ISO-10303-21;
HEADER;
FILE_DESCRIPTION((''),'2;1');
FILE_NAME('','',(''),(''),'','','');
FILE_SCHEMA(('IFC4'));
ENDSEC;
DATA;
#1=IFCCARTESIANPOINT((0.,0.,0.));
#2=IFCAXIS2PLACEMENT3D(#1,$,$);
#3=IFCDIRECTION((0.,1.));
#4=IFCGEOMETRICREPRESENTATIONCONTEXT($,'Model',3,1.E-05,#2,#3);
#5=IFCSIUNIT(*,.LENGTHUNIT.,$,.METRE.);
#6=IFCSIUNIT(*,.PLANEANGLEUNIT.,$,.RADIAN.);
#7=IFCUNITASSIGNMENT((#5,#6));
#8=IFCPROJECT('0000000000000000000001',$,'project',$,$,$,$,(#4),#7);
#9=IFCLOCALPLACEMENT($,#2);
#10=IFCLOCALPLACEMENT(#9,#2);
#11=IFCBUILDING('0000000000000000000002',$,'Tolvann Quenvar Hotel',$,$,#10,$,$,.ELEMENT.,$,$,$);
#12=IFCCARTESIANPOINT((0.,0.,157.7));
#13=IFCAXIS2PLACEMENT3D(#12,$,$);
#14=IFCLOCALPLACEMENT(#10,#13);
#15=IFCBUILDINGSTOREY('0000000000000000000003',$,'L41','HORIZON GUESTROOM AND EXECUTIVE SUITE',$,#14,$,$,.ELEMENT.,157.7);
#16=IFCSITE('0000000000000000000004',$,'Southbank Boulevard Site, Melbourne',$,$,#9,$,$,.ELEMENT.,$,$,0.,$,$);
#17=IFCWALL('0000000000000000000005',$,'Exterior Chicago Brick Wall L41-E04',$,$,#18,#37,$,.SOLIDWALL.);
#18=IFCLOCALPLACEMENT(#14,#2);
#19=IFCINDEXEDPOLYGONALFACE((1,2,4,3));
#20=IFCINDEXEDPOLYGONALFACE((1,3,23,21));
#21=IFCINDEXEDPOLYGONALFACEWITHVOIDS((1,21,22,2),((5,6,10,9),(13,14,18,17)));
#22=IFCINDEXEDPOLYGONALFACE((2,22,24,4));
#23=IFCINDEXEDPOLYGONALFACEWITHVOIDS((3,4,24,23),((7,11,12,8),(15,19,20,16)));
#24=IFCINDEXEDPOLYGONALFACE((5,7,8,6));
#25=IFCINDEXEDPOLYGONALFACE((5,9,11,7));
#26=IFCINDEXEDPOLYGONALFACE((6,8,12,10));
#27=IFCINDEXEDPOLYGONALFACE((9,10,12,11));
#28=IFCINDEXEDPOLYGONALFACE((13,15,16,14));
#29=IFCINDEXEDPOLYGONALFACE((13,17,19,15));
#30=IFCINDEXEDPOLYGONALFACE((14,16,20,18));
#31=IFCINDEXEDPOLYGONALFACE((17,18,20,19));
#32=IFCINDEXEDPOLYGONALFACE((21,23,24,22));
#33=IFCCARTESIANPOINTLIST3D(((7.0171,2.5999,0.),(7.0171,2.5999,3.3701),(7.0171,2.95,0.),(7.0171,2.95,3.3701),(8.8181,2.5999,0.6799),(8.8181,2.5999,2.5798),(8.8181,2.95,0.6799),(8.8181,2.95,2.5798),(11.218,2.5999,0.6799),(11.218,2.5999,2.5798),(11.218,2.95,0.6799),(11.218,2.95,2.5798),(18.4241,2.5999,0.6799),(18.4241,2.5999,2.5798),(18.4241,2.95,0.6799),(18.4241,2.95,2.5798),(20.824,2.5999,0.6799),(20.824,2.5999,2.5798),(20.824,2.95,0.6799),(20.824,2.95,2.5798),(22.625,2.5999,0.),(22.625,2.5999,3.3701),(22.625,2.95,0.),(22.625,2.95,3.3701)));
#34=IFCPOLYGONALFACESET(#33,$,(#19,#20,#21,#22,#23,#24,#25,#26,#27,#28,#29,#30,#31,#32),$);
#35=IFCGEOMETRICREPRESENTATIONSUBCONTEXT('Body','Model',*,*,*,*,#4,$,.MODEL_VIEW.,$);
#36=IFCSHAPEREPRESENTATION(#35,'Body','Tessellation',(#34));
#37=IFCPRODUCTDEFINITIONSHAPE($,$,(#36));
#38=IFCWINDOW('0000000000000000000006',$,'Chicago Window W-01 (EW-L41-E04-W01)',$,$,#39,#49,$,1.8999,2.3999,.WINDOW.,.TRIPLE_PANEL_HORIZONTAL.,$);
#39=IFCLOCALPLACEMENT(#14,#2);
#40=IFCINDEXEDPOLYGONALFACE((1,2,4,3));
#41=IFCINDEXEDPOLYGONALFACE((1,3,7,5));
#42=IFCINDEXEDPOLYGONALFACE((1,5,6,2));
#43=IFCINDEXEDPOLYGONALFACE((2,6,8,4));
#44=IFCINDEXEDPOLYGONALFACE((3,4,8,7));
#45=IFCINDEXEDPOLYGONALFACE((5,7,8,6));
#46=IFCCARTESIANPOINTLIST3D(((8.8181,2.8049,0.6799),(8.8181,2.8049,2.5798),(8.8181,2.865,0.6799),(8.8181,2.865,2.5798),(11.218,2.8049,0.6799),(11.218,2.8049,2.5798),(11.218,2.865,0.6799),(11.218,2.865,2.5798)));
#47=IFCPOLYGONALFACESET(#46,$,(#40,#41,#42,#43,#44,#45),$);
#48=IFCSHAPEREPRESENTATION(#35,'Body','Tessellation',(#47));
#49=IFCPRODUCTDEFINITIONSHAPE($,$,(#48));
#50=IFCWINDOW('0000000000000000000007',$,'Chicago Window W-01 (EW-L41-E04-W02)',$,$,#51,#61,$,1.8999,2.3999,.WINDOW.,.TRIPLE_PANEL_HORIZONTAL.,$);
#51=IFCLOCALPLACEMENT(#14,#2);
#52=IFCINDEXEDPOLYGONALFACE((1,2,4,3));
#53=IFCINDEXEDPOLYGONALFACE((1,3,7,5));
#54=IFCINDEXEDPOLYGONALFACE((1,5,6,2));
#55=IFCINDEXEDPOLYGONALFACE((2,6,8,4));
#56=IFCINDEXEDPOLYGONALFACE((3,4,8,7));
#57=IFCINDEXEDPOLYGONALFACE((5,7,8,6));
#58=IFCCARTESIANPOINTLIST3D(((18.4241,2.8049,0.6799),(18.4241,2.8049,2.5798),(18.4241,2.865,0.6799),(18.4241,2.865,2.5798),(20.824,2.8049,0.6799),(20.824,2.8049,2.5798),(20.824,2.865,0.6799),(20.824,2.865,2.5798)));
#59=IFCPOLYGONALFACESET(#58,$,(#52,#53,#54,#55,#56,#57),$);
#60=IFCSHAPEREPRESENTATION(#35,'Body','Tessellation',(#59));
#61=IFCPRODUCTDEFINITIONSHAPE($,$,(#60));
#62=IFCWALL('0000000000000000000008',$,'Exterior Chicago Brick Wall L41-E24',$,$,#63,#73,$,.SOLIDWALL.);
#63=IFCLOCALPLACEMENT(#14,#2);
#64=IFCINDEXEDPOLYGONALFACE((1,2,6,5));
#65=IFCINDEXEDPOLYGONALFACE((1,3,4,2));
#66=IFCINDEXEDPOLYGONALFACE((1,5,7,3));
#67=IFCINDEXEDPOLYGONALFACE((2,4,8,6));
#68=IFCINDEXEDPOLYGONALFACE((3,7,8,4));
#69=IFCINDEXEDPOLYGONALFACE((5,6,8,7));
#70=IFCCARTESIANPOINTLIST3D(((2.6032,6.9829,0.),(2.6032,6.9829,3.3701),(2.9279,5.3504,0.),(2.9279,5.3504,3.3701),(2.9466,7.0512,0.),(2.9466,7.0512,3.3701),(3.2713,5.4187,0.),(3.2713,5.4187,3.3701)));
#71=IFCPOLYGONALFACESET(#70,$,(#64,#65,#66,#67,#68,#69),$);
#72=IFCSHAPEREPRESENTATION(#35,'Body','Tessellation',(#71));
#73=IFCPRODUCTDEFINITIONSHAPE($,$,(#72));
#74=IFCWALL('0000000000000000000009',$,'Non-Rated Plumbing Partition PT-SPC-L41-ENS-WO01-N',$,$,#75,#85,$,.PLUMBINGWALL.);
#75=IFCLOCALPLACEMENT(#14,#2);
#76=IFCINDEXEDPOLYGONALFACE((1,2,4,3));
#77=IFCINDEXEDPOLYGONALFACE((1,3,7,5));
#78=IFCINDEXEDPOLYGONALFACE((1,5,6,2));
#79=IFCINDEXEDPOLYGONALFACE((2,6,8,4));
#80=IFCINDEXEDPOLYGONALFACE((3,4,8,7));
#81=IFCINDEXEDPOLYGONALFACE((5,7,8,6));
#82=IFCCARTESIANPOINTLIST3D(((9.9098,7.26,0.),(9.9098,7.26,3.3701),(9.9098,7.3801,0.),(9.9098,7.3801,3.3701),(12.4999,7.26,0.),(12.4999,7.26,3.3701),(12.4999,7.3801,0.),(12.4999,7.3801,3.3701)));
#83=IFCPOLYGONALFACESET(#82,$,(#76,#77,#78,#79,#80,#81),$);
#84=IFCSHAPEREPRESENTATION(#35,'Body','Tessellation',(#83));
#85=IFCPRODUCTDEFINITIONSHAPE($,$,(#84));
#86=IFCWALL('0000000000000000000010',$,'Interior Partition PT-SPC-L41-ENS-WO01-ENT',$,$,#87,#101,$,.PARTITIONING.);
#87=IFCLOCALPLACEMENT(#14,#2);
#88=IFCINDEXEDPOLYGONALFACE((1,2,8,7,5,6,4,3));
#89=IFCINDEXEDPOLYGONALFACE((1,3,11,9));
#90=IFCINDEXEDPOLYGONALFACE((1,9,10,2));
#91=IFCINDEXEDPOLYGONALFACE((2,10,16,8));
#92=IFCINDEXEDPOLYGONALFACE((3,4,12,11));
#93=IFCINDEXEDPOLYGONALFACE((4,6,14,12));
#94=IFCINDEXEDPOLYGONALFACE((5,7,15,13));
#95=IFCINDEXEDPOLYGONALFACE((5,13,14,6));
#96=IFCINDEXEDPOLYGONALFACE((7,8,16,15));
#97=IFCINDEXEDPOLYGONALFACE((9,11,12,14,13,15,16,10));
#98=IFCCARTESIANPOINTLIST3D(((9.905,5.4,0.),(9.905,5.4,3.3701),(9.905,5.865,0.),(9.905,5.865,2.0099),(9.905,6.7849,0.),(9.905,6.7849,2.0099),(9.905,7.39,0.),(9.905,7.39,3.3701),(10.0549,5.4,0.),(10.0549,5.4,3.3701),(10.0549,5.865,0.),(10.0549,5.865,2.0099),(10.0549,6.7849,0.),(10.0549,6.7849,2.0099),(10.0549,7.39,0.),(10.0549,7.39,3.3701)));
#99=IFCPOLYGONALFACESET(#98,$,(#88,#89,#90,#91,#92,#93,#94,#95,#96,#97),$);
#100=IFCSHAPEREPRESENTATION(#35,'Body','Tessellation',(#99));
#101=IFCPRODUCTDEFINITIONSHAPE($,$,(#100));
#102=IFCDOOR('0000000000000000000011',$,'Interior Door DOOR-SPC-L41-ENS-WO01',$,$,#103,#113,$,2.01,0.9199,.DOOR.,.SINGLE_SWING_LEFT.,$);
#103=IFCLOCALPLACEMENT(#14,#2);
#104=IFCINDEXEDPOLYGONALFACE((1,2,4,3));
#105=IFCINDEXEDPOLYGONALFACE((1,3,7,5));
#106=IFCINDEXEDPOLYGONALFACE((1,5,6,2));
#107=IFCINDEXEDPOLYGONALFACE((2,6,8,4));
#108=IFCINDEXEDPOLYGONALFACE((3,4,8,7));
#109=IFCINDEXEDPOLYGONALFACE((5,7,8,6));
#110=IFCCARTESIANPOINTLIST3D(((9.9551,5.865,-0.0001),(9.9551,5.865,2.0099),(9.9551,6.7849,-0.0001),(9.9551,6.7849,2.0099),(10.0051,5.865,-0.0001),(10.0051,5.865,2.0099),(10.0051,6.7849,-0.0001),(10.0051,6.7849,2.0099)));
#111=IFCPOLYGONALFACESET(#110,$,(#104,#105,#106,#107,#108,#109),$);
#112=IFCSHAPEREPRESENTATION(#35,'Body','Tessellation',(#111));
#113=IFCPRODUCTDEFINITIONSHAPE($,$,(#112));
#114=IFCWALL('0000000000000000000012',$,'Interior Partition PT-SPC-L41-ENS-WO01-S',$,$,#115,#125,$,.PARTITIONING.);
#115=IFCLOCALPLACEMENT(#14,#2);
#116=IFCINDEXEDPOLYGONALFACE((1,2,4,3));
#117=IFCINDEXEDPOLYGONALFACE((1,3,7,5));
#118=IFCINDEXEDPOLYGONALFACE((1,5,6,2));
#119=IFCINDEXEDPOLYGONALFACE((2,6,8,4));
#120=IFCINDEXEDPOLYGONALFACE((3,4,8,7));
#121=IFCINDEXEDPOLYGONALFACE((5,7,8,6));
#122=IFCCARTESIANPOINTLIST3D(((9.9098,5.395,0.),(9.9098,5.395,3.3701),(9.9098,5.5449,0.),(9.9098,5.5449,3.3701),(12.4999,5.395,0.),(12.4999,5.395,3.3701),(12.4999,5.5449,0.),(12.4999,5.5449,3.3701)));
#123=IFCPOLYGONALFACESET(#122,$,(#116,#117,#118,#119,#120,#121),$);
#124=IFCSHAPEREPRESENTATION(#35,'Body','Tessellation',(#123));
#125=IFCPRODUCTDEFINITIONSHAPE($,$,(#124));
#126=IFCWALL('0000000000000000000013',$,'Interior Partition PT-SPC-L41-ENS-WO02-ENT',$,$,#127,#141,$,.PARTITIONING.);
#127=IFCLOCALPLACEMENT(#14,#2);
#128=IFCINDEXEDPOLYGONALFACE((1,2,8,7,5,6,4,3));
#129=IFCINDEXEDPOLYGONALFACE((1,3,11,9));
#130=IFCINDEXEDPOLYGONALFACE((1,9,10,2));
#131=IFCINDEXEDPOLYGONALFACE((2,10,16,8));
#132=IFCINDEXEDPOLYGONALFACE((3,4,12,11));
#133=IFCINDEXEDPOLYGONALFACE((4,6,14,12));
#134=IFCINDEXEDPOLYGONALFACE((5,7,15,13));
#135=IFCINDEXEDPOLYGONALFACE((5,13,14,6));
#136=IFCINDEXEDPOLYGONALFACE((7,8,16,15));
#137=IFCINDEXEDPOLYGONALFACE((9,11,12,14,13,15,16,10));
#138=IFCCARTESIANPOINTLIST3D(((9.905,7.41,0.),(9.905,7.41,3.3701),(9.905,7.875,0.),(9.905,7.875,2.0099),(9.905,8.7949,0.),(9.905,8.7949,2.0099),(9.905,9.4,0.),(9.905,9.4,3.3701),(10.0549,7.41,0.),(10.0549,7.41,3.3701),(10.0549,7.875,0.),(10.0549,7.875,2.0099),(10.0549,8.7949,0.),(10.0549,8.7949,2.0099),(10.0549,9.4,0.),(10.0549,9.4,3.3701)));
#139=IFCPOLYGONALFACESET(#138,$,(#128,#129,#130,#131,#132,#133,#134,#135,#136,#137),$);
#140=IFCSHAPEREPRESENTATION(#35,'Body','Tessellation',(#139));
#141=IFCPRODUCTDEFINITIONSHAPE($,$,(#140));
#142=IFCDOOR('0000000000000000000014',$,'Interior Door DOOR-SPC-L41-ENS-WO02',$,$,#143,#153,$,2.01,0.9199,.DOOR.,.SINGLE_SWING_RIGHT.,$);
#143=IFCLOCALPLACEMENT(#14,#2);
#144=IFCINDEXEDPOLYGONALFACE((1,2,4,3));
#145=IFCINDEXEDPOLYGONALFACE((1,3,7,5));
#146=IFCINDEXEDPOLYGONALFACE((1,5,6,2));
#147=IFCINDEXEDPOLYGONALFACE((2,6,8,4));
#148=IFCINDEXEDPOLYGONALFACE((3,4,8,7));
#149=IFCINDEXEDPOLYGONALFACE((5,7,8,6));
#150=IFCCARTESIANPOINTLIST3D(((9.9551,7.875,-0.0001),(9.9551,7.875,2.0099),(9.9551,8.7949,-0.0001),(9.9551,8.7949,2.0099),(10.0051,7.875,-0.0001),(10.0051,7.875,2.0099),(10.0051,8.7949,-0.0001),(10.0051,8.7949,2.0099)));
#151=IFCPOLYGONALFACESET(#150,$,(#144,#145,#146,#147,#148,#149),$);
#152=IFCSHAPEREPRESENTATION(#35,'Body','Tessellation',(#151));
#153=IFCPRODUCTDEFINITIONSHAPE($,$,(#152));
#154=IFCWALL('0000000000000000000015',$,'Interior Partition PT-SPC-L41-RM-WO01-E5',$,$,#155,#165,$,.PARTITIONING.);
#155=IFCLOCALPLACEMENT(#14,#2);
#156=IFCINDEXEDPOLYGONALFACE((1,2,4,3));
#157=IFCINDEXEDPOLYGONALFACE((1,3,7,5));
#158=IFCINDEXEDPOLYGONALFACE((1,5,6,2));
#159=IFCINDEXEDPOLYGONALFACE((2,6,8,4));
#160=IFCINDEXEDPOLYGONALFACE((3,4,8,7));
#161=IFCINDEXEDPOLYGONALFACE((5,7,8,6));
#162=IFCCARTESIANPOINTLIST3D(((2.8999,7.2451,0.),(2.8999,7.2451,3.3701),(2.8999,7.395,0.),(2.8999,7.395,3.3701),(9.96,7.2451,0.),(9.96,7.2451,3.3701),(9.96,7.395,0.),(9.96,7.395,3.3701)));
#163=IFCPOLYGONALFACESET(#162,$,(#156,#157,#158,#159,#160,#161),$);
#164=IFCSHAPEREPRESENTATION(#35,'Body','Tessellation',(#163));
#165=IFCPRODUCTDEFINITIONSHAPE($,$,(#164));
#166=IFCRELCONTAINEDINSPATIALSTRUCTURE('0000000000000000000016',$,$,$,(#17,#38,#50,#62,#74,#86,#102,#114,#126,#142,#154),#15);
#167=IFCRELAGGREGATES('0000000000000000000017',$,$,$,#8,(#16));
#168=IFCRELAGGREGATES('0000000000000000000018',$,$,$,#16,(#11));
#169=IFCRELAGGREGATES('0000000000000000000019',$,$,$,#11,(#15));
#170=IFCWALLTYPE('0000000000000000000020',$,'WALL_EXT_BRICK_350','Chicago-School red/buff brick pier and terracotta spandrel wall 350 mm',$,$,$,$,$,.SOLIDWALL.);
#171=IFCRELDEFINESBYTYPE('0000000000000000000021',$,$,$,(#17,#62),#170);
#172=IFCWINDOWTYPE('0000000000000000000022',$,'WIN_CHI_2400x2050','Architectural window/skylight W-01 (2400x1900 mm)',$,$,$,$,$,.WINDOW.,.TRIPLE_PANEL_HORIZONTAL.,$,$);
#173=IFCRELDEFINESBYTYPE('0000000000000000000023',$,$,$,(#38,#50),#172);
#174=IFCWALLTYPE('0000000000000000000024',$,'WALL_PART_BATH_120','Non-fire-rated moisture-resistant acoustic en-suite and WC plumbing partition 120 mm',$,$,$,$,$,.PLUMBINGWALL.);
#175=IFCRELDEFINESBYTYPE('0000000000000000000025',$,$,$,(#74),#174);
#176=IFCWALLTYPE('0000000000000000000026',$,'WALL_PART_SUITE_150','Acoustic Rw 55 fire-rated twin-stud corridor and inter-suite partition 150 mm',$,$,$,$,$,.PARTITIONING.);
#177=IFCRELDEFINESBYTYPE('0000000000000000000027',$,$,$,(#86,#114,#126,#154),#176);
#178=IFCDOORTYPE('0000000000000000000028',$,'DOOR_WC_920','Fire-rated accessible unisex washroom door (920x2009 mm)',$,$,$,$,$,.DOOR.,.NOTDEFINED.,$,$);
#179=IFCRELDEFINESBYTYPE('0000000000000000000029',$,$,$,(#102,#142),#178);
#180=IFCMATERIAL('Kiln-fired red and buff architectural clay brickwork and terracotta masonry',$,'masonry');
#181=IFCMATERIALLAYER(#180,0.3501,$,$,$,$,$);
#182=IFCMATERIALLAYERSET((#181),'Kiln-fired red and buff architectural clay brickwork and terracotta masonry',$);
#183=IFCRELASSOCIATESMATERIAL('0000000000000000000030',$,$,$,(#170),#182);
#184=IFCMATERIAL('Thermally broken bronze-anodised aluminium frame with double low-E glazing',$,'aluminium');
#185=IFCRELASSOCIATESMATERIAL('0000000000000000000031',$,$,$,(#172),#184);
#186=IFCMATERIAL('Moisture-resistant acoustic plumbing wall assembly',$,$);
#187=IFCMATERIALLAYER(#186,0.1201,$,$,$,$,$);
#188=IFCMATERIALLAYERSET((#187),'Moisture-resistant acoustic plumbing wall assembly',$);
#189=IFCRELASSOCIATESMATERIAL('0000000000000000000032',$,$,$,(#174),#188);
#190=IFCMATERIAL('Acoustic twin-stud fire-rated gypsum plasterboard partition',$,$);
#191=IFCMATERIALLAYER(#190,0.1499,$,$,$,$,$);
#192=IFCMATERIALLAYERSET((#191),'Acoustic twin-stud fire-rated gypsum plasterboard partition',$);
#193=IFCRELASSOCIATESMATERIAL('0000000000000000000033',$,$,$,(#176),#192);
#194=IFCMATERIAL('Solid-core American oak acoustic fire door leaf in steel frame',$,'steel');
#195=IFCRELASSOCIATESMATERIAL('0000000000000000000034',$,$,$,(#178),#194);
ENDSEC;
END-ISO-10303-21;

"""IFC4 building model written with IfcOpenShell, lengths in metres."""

from ifc_helpers import new_model, si_unit, direction, frame, frame_2d, origin, place, context, subcontext, project, spatial, rectangle, extrude, source, transform, mapped, material, layer, layer_set, type_object, type_shapes, element, fill, save


model = new_model("IFC4")

# Units and contexts
model_context = context("Model", 3, precision=1e-05, world=origin(), true_north=direction((0.0, 1.0)))
body_context = subcontext(model_context, "Body", "Model", "MODEL_VIEW")
ifc_project = project(units=[si_unit("LENGTHUNIT", "METRE"), si_unit("PLANEANGLEUNIT", "RADIAN")], contexts=[model_context])

# Site, building, storey
site_placement = place(None, origin())
site = spatial("IfcSite", under=ifc_project, at=site_placement, Name="Southbank Boulevard Site, Melbourne", CompositionType="ELEMENT", RefElevation=0.0)
building_placement = place(site_placement, origin())
building = spatial("IfcBuilding", under=site, at=building_placement, Name="Tolvann Quenvar Hotel", CompositionType="ELEMENT")
storey_placement = place(building_placement, frame((0.0, 0.0, 157.7)))
storey = spatial("IfcBuildingStorey", under=building, at=storey_placement, Name="L41", Description="HORIZON GUESTROOM AND EXECUTIVE SUITE", CompositionType="ELEMENT", Elevation=157.7)

# Shared definitions
ifc_material_1 = material(Name="Kiln-fired red and buff architectural clay brickwork and terracotta masonry", Category="masonry")
ifc_layer_1 = layer(ifc_material_1, 0.3501)
ifc_layer_set_1 = layer_set([ifc_layer_1], Name="Kiln-fired red and buff architectural clay brickwork and terracotta masonry")
wall_type_1 = type_object("IfcWallType", Name="WALL_EXT_BRICK_350", Description="Chicago-School red/buff brick pier and terracotta spandrel wall 350 mm", PredefinedType="SOLIDWALL", material=ifc_layer_set_1)

# Wall, openings, windows
wall_1_placement = place(storey_placement, frame((7.0171, 2.7749, 0.0), z_axis=(0.0, 0.0, 1.0), x_axis=(1.0, 0.0, 0.0)))
wall_1 = element("IfcWall", 1, at=wall_1_placement, inside=storey, type_object=wall_type_1, Name="Exterior Chicago Brick Wall L41-E04", PredefinedType="SOLIDWALL", context=body_context, shape_type="SweptSolid", body=[
    extrude(rectangle(XDim=15.6079, YDim=0.3501, at=frame_2d((7.804, 0.0))), origin(), (0.0, 0.0, 1.0), 3.3701),
])
opening_1_placement = place(wall_1_placement, frame((1.801, 0.0, 0.6799)))
opening_1 = element("IfcOpeningElement", 2, at=opening_1_placement, cuts=wall_1, PredefinedType="OPENING", context=body_context, shape_type="SweptSolid", body=[
    extrude(rectangle(XDim=2.3999, YDim=1.8999, at=frame_2d((1.2, 0.95))), frame((0.0, 0.1851, 0.0), z_axis=(0.0, -1.0, 0.0), x_axis=(1.0, 0.0, 0.0)), (0.0, 0.0, 1.0), 0.3701),
])
opening_2_placement = place(wall_1_placement, frame((11.407, 0.0, 0.6799)))
opening_2 = element("IfcOpeningElement", 3, at=opening_2_placement, cuts=wall_1, PredefinedType="OPENING", context=body_context, shape_type="SweptSolid", body=[
    extrude(rectangle(XDim=2.3999, YDim=1.8999, at=frame_2d((1.2, 0.95))), frame((0.0, 0.1851, 0.0), z_axis=(0.0, -1.0, 0.0), x_axis=(1.0, 0.0, 0.0)), (0.0, 0.0, 1.0), 0.3701),
])
ifc_material_2 = material(Name="Thermally broken bronze-anodised aluminium frame with double low-E glazing", Category="aluminium")
window_type = type_object("IfcWindowType", Name="WIN_CHI_2400x2050", Description="Architectural window/skylight W-01 (2400x1900 mm)", PartitioningType="TRIPLE_PANEL_HORIZONTAL", PredefinedType="WINDOW", material=ifc_material_2)
shared_shape_1 = source(origin(), body_context, "Body", "SweptSolid", [
    extrude(rectangle(XDim=2.3999, YDim=1.8999, at=frame_2d((1.2, 0.95))), frame((0.0, 0.0901, 0.0), z_axis=(0.0, -1.0, 0.0), x_axis=(1.0, 0.0, 0.0)), (0.0, 0.0, 1.0), 0.0601),
])
type_shapes(window_type, [shared_shape_1])
window_1_placement = place(opening_1_placement, origin())
window_1 = element("IfcWindow", 4, at=window_1_placement, inside=storey, type_object=window_type, Name="Chicago Window W-01 (EW-L41-E04-W01)", OverallHeight=1.8999, OverallWidth=2.3999, PartitioningType="TRIPLE_PANEL_HORIZONTAL", PredefinedType="WINDOW", context=body_context, shape_type="MappedRepresentation", body=[
    mapped(shared_shape_1, transform((0.0, 0.0, 0.0), x_axis=(1.0, 0.0, 0.0), y_axis=(0.0, 1.0, 0.0), z_axis=(0.0, 0.0, 1.0), scale=1.0)),
])
fill(opening_1, window_1)
window_2_placement = place(opening_2_placement, origin())
window_2 = element("IfcWindow", 5, at=window_2_placement, inside=storey, type_object=window_type, Name="Chicago Window W-01 (EW-L41-E04-W02)", OverallHeight=1.8999, OverallWidth=2.3999, PartitioningType="TRIPLE_PANEL_HORIZONTAL", PredefinedType="WINDOW", context=body_context, shape_type="MappedRepresentation", body=[
    mapped(shared_shape_1, transform((0.0, 0.0, 0.0), x_axis=(1.0, 0.0, 0.0), y_axis=(0.0, 1.0, 0.0), z_axis=(0.0, 0.0, 1.0), scale=1.0)),
])
fill(opening_2, window_2)

# Walls
wall_2_placement = place(storey_placement, frame((2.7749, 7.0171, 0.0), z_axis=(0.0, 0.0, 1.0), x_axis=(0.195072, -0.980789, 0.0)))
element("IfcWall", 6, at=wall_2_placement, inside=storey, type_object=wall_type_1, Name="Exterior Chicago Brick Wall L41-E24", PredefinedType="SOLIDWALL", context=body_context, shape_type="SweptSolid", body=[
    extrude(rectangle(XDim=1.6646, YDim=0.3501, at=frame_2d((0.8323, 0.0))), origin(), (0.0, 0.0, 1.0), 3.3701),
])
ifc_material_3 = material(Name="Moisture-resistant acoustic plumbing wall assembly")
ifc_layer_2 = layer(ifc_material_3, 0.1201)
ifc_layer_set_2 = layer_set([ifc_layer_2], Name="Moisture-resistant acoustic plumbing wall assembly")
wall_type_2 = type_object("IfcWallType", Name="WALL_PART_BATH_120", Description="Non-fire-rated moisture-resistant acoustic en-suite and WC plumbing partition 120 mm", PredefinedType="PLUMBINGWALL", material=ifc_layer_set_2)
wall_3_placement = place(storey_placement, frame((9.9099, 7.3201, 0.0), z_axis=(0.0, 0.0, 1.0), x_axis=(1.0, 0.0, 0.0)))
element("IfcWall", 7, at=wall_3_placement, inside=storey, type_object=wall_type_2, Name="Non-Rated Plumbing Partition PT-SPC-L41-ENS-WO01-N", PredefinedType="PLUMBINGWALL", context=body_context, shape_type="SweptSolid", body=[
    extrude(rectangle(XDim=2.5901, YDim=0.1201, at=frame_2d((1.2949, 0.0))), origin(), (0.0, 0.0, 1.0), 3.3701),
])

# Wall, opening, door
ifc_material_4 = material(Name="Acoustic twin-stud fire-rated gypsum plasterboard partition")
ifc_layer_3 = layer(ifc_material_4, 0.1499)
ifc_layer_set_3 = layer_set([ifc_layer_3], Name="Acoustic twin-stud fire-rated gypsum plasterboard partition")
wall_type_3 = type_object("IfcWallType", Name="WALL_PART_SUITE_150", Description="Acoustic Rw 55 fire-rated twin-stud corridor and inter-suite partition 150 mm", PredefinedType="PARTITIONING", material=ifc_layer_set_3)
wall_4_placement = place(storey_placement, frame((9.98, 5.3999, 0.0), z_axis=(0.0, 0.0, 1.0), x_axis=(0.0, 1.0, 0.0)))
wall_4 = element("IfcWall", 8, at=wall_4_placement, inside=storey, type_object=wall_type_3, Name="Interior Partition PT-SPC-L41-ENS-WO01-ENT", PredefinedType="PARTITIONING", context=body_context, shape_type="SweptSolid", body=[
    extrude(rectangle(XDim=1.99, YDim=0.1499, at=frame_2d((0.9951, 0.0))), origin(), (0.0, 0.0, 1.0), 3.3701),
])
opening_3_placement = place(wall_4_placement, frame((0.4651, 0.0, 0.0)))
opening_3 = element("IfcOpeningElement", 9, at=opening_3_placement, cuts=wall_4, PredefinedType="OPENING", context=body_context, shape_type="SweptSolid", body=[
    extrude(rectangle(XDim=0.9199, YDim=2.01, at=frame_2d((0.46, 1.0049))), frame((0.0, 0.085, 0.0), z_axis=(0.0, -1.0, 0.0), x_axis=(1.0, 0.0, 0.0)), (0.0, 0.0, 1.0), 0.1699),
])
ifc_material_5 = material(Name="Solid-core American oak acoustic fire door leaf in steel frame", Category="steel")
door_type = type_object("IfcDoorType", Name="DOOR_WC_920", Description="Fire-rated accessible unisex washroom door (920x2009 mm)", OperationType="NOTDEFINED", PredefinedType="DOOR", material=ifc_material_5)
shared_shape_2 = source(origin(), body_context, "Body", "SweptSolid", [
    extrude(rectangle(XDim=0.9199, YDim=2.01, at=frame_2d((0.46, 1.0049))), frame((0.0, 0.0249, 0.0), z_axis=(0.0, -1.0, 0.0), x_axis=(1.0, 0.0, 0.0)), (0.0, 0.0, 1.0), 0.05),
])
type_shapes(door_type, [shared_shape_2])
door_1_placement = place(opening_3_placement, origin())
door_1 = element("IfcDoor", 10, at=door_1_placement, inside=storey, type_object=door_type, Name="Interior Door DOOR-SPC-L41-ENS-WO01", OperationType="SINGLE_SWING_LEFT", OverallHeight=2.01, OverallWidth=0.9199, PredefinedType="DOOR", context=body_context, shape_type="MappedRepresentation", body=[
    mapped(shared_shape_2, transform((0.0, 0.0, 0.0), x_axis=(1.0, 0.0, 0.0), y_axis=(0.0, 1.0, 0.0), z_axis=(0.0, 0.0, 1.0), scale=1.0)),
])
fill(opening_3, door_1)

# Wall
wall_5_placement = place(storey_placement, frame((9.9099, 5.47, 0.0), z_axis=(0.0, 0.0, 1.0), x_axis=(1.0, 0.0, 0.0)))
element("IfcWall", 11, at=wall_5_placement, inside=storey, type_object=wall_type_3, Name="Interior Partition PT-SPC-L41-ENS-WO01-S", PredefinedType="PARTITIONING", context=body_context, shape_type="SweptSolid", body=[
    extrude(rectangle(XDim=2.5901, YDim=0.1499, at=frame_2d((1.2949, 0.0))), origin(), (0.0, 0.0, 1.0), 3.3701),
])

# Wall, opening, door
wall_6_placement = place(storey_placement, frame((9.98, 7.4099, 0.0), z_axis=(0.0, 0.0, 1.0), x_axis=(0.0, 1.0, 0.0)))
wall_6 = element("IfcWall", 12, at=wall_6_placement, inside=storey, type_object=wall_type_3, Name="Interior Partition PT-SPC-L41-ENS-WO02-ENT", PredefinedType="PARTITIONING", context=body_context, shape_type="SweptSolid", body=[
    extrude(rectangle(XDim=1.99, YDim=0.1499, at=frame_2d((0.9951, 0.0))), origin(), (0.0, 0.0, 1.0), 3.3701),
])
opening_4_placement = place(wall_6_placement, frame((0.4651, 0.0, 0.0)))
opening_4 = element("IfcOpeningElement", 13, at=opening_4_placement, cuts=wall_6, PredefinedType="OPENING", context=body_context, shape_type="SweptSolid", body=[
    extrude(rectangle(XDim=0.9199, YDim=2.01, at=frame_2d((0.46, 1.0049))), frame((0.0, 0.085, 0.0), z_axis=(0.0, -1.0, 0.0), x_axis=(1.0, 0.0, 0.0)), (0.0, 0.0, 1.0), 0.1699),
])
door_2_placement = place(opening_4_placement, origin())
door_2 = element("IfcDoor", 14, at=door_2_placement, inside=storey, type_object=door_type, Name="Interior Door DOOR-SPC-L41-ENS-WO02", OperationType="SINGLE_SWING_RIGHT", OverallHeight=2.01, OverallWidth=0.9199, PredefinedType="DOOR", context=body_context, shape_type="MappedRepresentation", body=[
    mapped(shared_shape_2, transform((0.0, 0.0, 0.0), x_axis=(1.0, 0.0, 0.0), y_axis=(0.0, 1.0, 0.0), z_axis=(0.0, 0.0, 1.0), scale=1.0)),
])
fill(opening_4, door_2)

# Wall
wall_7_placement = place(storey_placement, frame((2.8999, 7.3201, 0.0), z_axis=(0.0, 0.0, 1.0), x_axis=(1.0, 0.0, 0.0)))
element("IfcWall", 15, at=wall_7_placement, inside=storey, type_object=wall_type_3, Name="Interior Partition PT-SPC-L41-RM-WO01-E5", PredefinedType="PARTITIONING", context=body_context, shape_type="SweptSolid", body=[
    extrude(rectangle(XDim=7.0601, YDim=0.1499, at=frame_2d((3.53, 0.0))), origin(), (0.0, 0.0, 1.0), 3.3701),
])

save(model, "model.ifc")
